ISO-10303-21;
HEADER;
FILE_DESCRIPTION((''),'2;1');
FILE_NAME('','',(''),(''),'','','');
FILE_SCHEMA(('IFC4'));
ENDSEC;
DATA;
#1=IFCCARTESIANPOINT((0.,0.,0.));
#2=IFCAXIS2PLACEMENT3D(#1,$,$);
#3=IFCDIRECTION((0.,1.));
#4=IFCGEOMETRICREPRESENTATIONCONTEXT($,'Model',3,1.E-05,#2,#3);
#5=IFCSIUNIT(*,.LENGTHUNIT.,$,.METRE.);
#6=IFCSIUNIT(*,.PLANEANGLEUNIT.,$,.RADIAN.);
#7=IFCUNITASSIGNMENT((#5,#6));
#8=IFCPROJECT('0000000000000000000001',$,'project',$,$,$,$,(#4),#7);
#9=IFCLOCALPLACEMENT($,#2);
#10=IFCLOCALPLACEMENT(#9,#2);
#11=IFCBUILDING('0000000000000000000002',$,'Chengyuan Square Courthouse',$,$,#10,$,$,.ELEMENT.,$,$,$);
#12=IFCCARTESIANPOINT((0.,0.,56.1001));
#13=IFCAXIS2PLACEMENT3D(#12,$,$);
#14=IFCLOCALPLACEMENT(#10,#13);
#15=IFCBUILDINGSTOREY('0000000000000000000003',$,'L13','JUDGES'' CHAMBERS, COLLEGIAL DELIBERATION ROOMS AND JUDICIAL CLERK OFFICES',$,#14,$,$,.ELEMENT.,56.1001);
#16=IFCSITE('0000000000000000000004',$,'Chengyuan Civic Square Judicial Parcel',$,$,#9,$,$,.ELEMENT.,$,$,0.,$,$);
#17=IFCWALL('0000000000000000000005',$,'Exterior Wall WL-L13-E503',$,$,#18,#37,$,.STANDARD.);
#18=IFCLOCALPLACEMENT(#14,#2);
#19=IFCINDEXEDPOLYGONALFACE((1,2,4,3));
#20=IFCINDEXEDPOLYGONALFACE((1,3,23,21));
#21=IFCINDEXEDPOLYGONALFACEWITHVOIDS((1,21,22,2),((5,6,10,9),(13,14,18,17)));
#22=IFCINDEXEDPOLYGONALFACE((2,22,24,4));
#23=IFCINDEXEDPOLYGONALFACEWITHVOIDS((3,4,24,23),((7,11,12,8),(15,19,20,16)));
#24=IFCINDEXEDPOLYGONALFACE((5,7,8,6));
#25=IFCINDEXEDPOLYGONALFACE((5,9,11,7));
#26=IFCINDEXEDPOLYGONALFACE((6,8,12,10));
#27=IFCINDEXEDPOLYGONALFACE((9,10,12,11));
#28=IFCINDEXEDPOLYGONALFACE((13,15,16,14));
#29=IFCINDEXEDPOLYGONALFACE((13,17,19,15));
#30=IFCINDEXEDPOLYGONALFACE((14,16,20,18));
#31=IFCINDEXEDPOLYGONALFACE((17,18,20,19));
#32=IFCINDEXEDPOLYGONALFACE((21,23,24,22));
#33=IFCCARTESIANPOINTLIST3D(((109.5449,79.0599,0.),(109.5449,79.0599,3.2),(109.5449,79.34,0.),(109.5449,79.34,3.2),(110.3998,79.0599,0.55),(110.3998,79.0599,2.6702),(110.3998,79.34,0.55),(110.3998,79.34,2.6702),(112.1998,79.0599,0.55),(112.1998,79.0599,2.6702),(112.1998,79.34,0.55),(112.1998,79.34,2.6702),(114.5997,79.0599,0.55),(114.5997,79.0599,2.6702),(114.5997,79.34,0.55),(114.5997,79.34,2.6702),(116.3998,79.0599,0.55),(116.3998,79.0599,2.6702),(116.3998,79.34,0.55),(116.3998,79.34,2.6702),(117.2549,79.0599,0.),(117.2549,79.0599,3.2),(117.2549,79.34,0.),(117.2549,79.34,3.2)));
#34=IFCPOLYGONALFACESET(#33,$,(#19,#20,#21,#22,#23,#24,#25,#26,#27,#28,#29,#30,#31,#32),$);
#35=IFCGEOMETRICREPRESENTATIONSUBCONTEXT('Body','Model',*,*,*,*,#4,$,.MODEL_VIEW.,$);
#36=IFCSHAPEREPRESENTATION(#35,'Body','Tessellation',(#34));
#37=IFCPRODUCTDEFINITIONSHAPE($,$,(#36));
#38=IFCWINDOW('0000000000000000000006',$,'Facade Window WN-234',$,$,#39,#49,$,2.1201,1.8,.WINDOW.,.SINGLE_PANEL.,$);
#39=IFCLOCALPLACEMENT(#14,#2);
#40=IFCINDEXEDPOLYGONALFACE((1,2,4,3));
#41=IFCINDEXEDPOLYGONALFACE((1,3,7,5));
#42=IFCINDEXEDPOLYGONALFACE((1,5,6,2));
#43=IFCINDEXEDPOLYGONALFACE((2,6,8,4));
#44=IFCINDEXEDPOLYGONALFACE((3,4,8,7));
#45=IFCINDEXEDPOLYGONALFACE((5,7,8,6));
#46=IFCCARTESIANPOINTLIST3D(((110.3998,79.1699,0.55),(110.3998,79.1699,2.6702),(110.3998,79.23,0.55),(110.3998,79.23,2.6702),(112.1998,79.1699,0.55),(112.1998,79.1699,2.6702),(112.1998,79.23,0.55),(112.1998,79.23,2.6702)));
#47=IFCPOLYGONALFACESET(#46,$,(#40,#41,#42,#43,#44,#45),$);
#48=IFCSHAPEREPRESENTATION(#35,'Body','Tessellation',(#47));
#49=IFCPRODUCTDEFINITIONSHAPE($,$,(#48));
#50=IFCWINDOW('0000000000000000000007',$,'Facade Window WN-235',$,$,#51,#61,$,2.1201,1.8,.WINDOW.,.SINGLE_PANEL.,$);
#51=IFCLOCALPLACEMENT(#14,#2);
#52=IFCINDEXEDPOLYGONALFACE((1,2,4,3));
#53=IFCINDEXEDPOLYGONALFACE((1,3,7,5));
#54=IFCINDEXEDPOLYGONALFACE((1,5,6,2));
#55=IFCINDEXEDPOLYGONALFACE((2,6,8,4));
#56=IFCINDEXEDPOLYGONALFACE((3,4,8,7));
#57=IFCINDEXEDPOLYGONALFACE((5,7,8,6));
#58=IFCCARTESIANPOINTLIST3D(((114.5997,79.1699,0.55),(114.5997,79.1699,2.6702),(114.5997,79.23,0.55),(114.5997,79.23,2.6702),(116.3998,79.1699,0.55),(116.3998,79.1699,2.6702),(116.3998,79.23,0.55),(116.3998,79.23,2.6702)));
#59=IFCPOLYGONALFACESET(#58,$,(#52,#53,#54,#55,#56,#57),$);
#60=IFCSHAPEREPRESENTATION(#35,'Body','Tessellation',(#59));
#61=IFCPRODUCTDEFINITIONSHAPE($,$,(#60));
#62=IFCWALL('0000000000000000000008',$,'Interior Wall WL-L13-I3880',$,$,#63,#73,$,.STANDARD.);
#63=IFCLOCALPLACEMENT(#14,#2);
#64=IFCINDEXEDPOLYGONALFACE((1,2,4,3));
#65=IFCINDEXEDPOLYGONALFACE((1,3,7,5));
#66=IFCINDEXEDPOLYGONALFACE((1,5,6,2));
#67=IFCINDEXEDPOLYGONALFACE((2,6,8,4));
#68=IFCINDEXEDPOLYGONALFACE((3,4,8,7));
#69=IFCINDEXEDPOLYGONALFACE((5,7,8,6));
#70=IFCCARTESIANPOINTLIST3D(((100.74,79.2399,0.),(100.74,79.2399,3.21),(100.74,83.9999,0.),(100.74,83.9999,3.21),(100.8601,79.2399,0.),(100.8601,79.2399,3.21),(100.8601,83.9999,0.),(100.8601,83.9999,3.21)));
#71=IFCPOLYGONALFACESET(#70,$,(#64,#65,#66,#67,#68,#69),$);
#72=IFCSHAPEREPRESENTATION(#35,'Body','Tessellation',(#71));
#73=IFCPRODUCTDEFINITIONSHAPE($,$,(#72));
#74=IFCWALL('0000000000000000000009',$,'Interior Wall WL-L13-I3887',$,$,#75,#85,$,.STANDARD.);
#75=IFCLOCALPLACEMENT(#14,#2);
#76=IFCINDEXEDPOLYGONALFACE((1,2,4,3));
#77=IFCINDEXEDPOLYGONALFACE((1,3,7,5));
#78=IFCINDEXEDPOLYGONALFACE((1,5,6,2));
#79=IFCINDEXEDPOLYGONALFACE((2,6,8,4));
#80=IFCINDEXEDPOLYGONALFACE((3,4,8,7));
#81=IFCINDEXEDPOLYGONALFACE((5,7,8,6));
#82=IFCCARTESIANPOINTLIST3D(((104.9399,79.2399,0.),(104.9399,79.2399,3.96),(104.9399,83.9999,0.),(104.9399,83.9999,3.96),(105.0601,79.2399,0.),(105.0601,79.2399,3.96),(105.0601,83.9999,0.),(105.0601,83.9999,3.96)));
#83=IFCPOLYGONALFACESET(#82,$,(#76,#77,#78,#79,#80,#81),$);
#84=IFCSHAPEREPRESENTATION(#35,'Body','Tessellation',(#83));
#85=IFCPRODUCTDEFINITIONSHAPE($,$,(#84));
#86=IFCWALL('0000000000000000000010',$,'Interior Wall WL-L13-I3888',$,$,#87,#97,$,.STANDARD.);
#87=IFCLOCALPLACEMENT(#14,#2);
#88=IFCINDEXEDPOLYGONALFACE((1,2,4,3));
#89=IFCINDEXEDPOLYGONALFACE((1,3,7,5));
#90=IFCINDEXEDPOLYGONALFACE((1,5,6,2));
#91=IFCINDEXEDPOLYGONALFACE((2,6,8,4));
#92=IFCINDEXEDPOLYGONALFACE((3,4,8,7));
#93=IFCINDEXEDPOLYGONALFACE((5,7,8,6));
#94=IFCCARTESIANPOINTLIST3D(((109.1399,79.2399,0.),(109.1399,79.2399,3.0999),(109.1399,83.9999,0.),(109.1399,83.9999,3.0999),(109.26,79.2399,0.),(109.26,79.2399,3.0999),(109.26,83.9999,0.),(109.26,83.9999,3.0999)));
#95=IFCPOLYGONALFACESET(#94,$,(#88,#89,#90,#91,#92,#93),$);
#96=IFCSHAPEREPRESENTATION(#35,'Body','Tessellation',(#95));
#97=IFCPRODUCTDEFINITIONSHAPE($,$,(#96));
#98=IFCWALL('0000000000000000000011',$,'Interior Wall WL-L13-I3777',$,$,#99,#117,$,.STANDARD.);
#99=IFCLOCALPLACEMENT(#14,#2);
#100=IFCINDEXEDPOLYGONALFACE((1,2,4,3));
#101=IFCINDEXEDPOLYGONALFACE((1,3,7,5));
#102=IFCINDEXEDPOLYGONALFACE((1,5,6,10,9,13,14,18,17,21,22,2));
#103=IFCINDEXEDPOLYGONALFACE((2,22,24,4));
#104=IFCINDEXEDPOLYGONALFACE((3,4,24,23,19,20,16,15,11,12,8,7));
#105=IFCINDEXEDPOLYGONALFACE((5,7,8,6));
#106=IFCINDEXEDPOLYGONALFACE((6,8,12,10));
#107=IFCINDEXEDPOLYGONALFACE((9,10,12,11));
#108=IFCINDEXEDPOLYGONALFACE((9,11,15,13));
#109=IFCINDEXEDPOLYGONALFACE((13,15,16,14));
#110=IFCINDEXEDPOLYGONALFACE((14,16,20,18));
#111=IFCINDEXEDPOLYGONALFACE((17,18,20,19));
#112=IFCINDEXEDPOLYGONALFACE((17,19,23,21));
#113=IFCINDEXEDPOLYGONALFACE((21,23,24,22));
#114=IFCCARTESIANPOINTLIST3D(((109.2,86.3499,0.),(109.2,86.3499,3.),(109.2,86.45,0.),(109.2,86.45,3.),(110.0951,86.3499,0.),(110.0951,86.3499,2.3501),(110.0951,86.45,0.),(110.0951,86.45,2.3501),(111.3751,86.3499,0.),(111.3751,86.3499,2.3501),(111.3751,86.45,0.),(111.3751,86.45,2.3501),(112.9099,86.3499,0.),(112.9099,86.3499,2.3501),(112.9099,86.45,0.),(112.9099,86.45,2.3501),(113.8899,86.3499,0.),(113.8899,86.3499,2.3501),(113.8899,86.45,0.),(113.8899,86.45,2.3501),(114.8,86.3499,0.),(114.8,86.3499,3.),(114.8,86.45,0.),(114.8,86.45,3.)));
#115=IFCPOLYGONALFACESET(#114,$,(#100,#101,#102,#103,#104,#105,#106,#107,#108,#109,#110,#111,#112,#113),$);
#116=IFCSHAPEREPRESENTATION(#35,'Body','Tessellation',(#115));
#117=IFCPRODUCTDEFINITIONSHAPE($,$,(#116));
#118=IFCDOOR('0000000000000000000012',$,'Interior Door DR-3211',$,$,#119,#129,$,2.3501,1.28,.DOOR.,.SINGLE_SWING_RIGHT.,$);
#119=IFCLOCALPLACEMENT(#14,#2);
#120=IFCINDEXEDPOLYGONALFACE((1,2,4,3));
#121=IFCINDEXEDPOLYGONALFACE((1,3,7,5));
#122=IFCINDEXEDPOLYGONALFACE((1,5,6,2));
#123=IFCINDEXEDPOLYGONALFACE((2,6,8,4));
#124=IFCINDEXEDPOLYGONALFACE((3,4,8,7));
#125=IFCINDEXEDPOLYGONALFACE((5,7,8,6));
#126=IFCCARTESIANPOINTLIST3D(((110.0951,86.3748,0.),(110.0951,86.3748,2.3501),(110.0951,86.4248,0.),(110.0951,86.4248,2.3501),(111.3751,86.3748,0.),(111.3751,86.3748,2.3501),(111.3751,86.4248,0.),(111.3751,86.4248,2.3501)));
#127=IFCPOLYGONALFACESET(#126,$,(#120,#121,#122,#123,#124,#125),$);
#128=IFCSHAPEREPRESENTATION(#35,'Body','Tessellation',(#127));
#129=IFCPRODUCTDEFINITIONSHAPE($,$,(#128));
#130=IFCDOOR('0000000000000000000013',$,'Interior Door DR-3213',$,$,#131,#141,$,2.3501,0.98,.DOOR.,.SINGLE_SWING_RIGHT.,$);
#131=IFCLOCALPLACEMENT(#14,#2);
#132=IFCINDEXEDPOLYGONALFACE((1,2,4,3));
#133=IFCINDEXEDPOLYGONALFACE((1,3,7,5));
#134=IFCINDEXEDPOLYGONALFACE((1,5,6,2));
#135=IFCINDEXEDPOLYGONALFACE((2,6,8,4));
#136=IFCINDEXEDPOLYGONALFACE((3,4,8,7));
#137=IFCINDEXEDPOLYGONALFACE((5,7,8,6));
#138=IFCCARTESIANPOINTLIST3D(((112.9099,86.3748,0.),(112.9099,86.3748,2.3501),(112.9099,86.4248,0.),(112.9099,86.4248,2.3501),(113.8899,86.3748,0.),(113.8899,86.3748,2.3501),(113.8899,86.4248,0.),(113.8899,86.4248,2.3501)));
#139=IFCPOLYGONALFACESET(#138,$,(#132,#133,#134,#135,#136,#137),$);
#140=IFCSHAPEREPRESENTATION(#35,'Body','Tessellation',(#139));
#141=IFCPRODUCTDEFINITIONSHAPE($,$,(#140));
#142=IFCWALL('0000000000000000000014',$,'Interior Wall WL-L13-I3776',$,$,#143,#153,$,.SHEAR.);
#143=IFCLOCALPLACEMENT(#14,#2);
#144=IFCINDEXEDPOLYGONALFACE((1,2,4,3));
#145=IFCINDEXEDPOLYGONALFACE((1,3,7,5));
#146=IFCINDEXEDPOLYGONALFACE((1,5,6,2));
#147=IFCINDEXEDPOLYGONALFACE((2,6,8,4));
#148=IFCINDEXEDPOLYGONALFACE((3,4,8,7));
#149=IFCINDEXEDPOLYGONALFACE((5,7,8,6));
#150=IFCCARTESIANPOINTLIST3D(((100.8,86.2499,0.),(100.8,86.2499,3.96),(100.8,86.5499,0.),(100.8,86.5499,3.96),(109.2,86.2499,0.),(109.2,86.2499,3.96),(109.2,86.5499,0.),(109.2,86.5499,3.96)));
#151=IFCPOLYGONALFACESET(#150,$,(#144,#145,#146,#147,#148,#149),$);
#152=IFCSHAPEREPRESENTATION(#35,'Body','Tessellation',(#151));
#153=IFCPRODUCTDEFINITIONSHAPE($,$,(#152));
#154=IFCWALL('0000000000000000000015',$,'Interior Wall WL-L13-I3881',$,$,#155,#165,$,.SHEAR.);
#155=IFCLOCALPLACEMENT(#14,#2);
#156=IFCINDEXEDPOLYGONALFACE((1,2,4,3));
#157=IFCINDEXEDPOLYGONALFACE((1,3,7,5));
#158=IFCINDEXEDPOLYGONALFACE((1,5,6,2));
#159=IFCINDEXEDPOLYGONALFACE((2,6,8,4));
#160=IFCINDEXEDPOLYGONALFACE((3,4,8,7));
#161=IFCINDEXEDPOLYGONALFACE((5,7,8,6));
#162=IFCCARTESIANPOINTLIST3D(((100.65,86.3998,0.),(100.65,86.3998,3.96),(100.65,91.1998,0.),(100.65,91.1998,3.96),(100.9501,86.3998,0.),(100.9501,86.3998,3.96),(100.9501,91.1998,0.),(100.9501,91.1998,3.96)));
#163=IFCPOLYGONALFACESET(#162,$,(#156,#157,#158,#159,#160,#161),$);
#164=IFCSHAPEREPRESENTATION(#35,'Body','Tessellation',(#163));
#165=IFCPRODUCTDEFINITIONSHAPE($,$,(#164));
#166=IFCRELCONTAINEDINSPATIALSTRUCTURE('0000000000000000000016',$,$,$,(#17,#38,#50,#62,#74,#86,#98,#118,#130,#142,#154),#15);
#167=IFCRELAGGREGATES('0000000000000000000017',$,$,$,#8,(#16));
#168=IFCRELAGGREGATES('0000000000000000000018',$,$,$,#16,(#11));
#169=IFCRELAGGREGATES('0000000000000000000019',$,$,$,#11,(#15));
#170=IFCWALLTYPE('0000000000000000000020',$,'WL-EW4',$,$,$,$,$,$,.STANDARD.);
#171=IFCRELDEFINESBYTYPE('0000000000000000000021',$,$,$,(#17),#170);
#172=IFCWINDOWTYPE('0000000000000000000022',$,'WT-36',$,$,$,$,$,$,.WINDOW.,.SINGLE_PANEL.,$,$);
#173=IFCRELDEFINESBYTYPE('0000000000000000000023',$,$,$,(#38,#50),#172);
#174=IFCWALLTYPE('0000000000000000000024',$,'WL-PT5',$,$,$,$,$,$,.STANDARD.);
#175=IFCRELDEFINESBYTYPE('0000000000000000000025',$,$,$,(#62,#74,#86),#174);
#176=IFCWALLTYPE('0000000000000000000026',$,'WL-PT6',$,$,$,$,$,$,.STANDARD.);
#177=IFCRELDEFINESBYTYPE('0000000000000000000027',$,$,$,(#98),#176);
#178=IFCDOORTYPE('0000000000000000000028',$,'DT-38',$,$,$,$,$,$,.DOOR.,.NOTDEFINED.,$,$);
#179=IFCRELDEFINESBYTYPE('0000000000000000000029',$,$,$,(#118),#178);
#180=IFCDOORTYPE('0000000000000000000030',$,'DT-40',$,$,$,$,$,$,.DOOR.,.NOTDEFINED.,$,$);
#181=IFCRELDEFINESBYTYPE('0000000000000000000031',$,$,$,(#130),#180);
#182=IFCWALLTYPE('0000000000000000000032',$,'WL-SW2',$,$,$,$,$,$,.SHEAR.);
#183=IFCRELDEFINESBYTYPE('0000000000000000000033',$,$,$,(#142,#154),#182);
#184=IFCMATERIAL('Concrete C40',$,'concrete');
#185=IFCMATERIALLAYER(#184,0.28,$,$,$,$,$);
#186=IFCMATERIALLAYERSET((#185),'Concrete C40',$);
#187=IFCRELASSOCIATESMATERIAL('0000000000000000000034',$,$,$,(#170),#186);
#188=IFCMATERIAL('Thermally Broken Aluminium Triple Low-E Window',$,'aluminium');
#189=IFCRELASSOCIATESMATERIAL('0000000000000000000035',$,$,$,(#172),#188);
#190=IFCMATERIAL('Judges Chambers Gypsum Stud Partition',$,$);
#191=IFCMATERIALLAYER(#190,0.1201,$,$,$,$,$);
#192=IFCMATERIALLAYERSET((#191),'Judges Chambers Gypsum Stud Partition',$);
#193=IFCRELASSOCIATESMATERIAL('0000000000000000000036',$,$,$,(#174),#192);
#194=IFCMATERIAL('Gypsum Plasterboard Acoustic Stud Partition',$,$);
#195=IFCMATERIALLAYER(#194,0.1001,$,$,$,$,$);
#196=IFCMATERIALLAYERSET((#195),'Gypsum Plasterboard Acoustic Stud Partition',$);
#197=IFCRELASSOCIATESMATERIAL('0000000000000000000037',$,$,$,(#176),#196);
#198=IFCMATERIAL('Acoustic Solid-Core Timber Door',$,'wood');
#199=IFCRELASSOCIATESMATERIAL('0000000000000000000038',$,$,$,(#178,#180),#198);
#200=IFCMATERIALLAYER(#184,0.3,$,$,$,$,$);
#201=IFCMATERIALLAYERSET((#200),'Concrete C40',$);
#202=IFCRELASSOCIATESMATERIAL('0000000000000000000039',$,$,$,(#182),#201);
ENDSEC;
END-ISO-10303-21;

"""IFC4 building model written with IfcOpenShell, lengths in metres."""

from ifc_helpers import new_model, si_unit, direction, frame, frame_2d, origin, place, context, subcontext, project, spatial, rectangle, extrude, material, layer, layer_set, type_object, element, fill, save


model = new_model("IFC4")

# Units and contexts
model_context = context("Model", 3, precision=1e-05, world=origin(), true_north=direction((0.0, 1.0)))
body_context = subcontext(model_context, "Body", "Model", "MODEL_VIEW")
ifc_project = project(units=[si_unit("LENGTHUNIT", "METRE"), si_unit("PLANEANGLEUNIT", "RADIAN")], contexts=[model_context])

# Site, building, storey
site_placement = place(None, origin())
site = spatial("IfcSite", under=ifc_project, at=site_placement, Name="Chengyuan Civic Square Judicial Parcel", CompositionType="ELEMENT", RefElevation=0.0)
building_placement = place(site_placement, origin())
building = spatial("IfcBuilding", under=site, at=building_placement, Name="Chengyuan Square Courthouse", CompositionType="ELEMENT")
storey_placement = place(building_placement, frame((0.0, 0.0, 56.1001)))
storey = spatial("IfcBuildingStorey", under=building, at=storey_placement, Name="L13", Description="JUDGES' CHAMBERS, COLLEGIAL DELIBERATION ROOMS AND JUDICIAL CLERK OFFICES", CompositionType="ELEMENT", Elevation=56.1001)

# Shared definitions
ifc_material_1 = material(Name="Concrete C40", Category="concrete")

# Wall, openings, windows
ifc_layer_1 = layer(ifc_material_1, 0.28)
ifc_layer_set_1 = layer_set([ifc_layer_1], Name="Concrete C40")
wall_type_1 = type_object("IfcWallType", Name="WL-EW4", PredefinedType="STANDARD", material=ifc_layer_set_1)
ifc_material_2 = material(Name="Thermally Broken Aluminium Triple Low-E Window", Category="aluminium")
window_type = type_object("IfcWindowType", Name="WT-36", PartitioningType="SINGLE_PANEL", PredefinedType="WINDOW", material=ifc_material_2)
wall_1_placement = place(storey_placement, frame((109.5449, 79.2, 0.0), z_axis=(0.0, 0.0, 1.0), x_axis=(1.0, 0.0, 0.0)))
wall_1 = element("IfcWall", 1, at=wall_1_placement, inside=storey, type_object=wall_type_1, Name="Exterior Wall WL-L13-E503", PredefinedType="STANDARD", context=body_context, shape_type="SweptSolid", body=[
    extrude(rectangle(XDim=7.71, YDim=0.28, at=frame_2d((3.855, 0.0))), origin(), (0.0, 0.0, 1.0), 3.2),
])
opening_1_placement = place(wall_1_placement, frame((0.855, 0.0, 0.55)))
opening_1 = element("IfcOpeningElement", 2, at=opening_1_placement, cuts=wall_1, PredefinedType="OPENING", context=body_context, shape_type="SweptSolid", body=[
    extrude(rectangle(XDim=1.8, YDim=2.1201, at=frame_2d((0.8999, 1.0601))), frame((0.0, 0.1521, 0.0), z_axis=(0.0, -1.0, 0.0), x_axis=(1.0, 0.0, 0.0)), (0.0, 0.0, 1.0), 0.304),
])
opening_2_placement = place(wall_1_placement, frame((5.0549, 0.0, 0.55)))
opening_2 = element("IfcOpeningElement", 3, at=opening_2_placement, cuts=wall_1, PredefinedType="OPENING", context=body_context, shape_type="SweptSolid", body=[
    extrude(rectangle(XDim=1.8, YDim=2.1201, at=frame_2d((0.8999, 1.0601))), frame((0.0, 0.1521, 0.0), z_axis=(0.0, -1.0, 0.0), x_axis=(1.0, 0.0, 0.0)), (0.0, 0.0, 1.0), 0.304),
])
window_1_placement = place(opening_1_placement, origin())
window_1 = element("IfcWindow", 4, at=window_1_placement, inside=storey, type_object=window_type, Name="Facade Window WN-234", OverallHeight=2.1201, OverallWidth=1.8, PartitioningType="SINGLE_PANEL", PredefinedType="WINDOW", context=body_context, shape_type="SweptSolid", body=[
    extrude(rectangle(XDim=1.8, YDim=2.1201, at=frame_2d((0.8999, 1.0601))), frame((0.0, 0.03, 0.0), z_axis=(0.0, -1.0, 0.0), x_axis=(1.0, 0.0, 0.0)), (0.0, 0.0, 1.0), 0.0601),
])
fill(opening_1, window_1)
window_2_placement = place(opening_2_placement, origin())
window_2 = element("IfcWindow", 5, at=window_2_placement, inside=storey, type_object=window_type, Name="Facade Window WN-235", OverallHeight=2.1201, OverallWidth=1.8, PartitioningType="SINGLE_PANEL", PredefinedType="WINDOW", context=body_context, shape_type="SweptSolid", body=[
    extrude(rectangle(XDim=1.8, YDim=2.1201, at=frame_2d((0.8999, 1.0601))), frame((0.0, 0.03, 0.0), z_axis=(0.0, -1.0, 0.0), x_axis=(1.0, 0.0, 0.0)), (0.0, 0.0, 1.0), 0.0601),
])
fill(opening_2, window_2)

# Walls
ifc_material_3 = material(Name="Judges Chambers Gypsum Stud Partition")
ifc_layer_2 = layer(ifc_material_3, 0.1201)
ifc_layer_set_2 = layer_set([ifc_layer_2], Name="Judges Chambers Gypsum Stud Partition")
wall_type_2 = type_object("IfcWallType", Name="WL-PT5", PredefinedType="STANDARD", material=ifc_layer_set_2)
wall_2_placement = place(storey_placement, frame((100.8, 79.24, 0.0), z_axis=(0.0, 0.0, 1.0), x_axis=(0.0, 1.0, 0.0)))
element("IfcWall", 6, at=wall_2_placement, inside=storey, type_object=wall_type_2, Name="Interior Wall WL-L13-I3880", PredefinedType="STANDARD", context=body_context, shape_type="SweptSolid", body=[
    extrude(rectangle(XDim=4.76, YDim=0.1201, at=frame_2d((2.3799, 0.0))), origin(), (0.0, 0.0, 1.0), 3.21),
])
wall_3_placement = place(storey_placement, frame((105.0, 79.24, 0.0), z_axis=(0.0, 0.0, 1.0), x_axis=(0.0, 1.0, 0.0)))
element("IfcWall", 7, at=wall_3_placement, inside=storey, type_object=wall_type_2, Name="Interior Wall WL-L13-I3887", PredefinedType="STANDARD", context=body_context, shape_type="SweptSolid", body=[
    extrude(rectangle(XDim=4.76, YDim=0.1201, at=frame_2d((2.3799, 0.0))), origin(), (0.0, 0.0, 1.0), 3.96),
])
wall_4_placement = place(storey_placement, frame((109.2, 79.24, 0.0), z_axis=(0.0, 0.0, 1.0), x_axis=(0.0, 1.0, 0.0)))
element("IfcWall", 8, at=wall_4_placement, inside=storey, type_object=wall_type_2, Name="Interior Wall WL-L13-I3888", PredefinedType="STANDARD", context=body_context, shape_type="SweptSolid", body=[
    extrude(rectangle(XDim=4.76, YDim=0.1201, at=frame_2d((2.3799, 0.0))), origin(), (0.0, 0.0, 1.0), 3.0999),
])

# Wall, openings, doors
ifc_material_4 = material(Name="Gypsum Plasterboard Acoustic Stud Partition")
ifc_layer_3 = layer(ifc_material_4, 0.1001)
ifc_layer_set_3 = layer_set([ifc_layer_3], Name="Gypsum Plasterboard Acoustic Stud Partition")
wall_type_3 = type_object("IfcWallType", Name="WL-PT6", PredefinedType="STANDARD", material=ifc_layer_set_3)
wall_5_placement = place(storey_placement, frame((109.2, 86.3999, 0.0), z_axis=(0.0, 0.0, 1.0), x_axis=(1.0, 0.0, 0.0)))
wall_5 = element("IfcWall", 9, at=wall_5_placement, inside=storey, type_object=wall_type_3, Name="Interior Wall WL-L13-I3777", PredefinedType="STANDARD", context=body_context, shape_type="SweptSolid", body=[
    extrude(rectangle(XDim=5.6001, YDim=0.1001, at=frame_2d((2.8, 0.0))), origin(), (0.0, 0.0, 1.0), 3.0),
])
opening_3_placement = place(wall_5_placement, frame((0.895, 0.0, 0.0)))
opening_3 = element("IfcOpeningElement", 10, at=opening_3_placement, cuts=wall_5, PredefinedType="OPENING", context=body_context, shape_type="SweptSolid", body=[
    extrude(rectangle(XDim=1.28, YDim=2.3501, at=frame_2d((0.6401, 1.175))), frame((0.0, 0.062, 0.0), z_axis=(0.0, -1.0, 0.0), x_axis=(1.0, 0.0, 0.0)), (0.0, 0.0, 1.0), 0.124),
])
opening_4_placement = place(wall_5_placement, frame((3.71, 0.0, 0.0)))
opening_4 = element("IfcOpeningElement", 11, at=opening_4_placement, cuts=wall_5, PredefinedType="OPENING", context=body_context, shape_type="SweptSolid", body=[
    extrude(rectangle(XDim=0.98, YDim=2.3501, at=frame_2d((0.49, 1.175))), frame((0.0, 0.062, 0.0), z_axis=(0.0, -1.0, 0.0), x_axis=(1.0, 0.0, 0.0)), (0.0, 0.0, 1.0), 0.124),
])
ifc_material_5 = material(Name="Acoustic Solid-Core Timber Door", Category="wood")
door_type_1 = type_object("IfcDoorType", Name="DT-38", OperationType="NOTDEFINED", PredefinedType="DOOR", material=ifc_material_5)
door_1_placement = place(opening_3_placement, origin())
door_1 = element("IfcDoor", 12, at=door_1_placement, inside=storey, type_object=door_type_1, Name="Interior Door DR-3211", OperationType="SINGLE_SWING_RIGHT", OverallHeight=2.3501, OverallWidth=1.28, PredefinedType="DOOR", context=body_context, shape_type="SweptSolid", body=[
    extrude(rectangle(XDim=1.28, YDim=2.3501, at=frame_2d((0.6401, 1.175))), frame((0.0, 0.0249, 0.0), z_axis=(0.0, -1.0, 0.0), x_axis=(1.0, 0.0, 0.0)), (0.0, 0.0, 1.0), 0.05),
])
fill(opening_3, door_1)
door_type_2 = type_object("IfcDoorType", Name="DT-40", OperationType="NOTDEFINED", PredefinedType="DOOR", material=ifc_material_5)
door_2_placement = place(opening_4_placement, origin())
door_2 = element("IfcDoor", 13, at=door_2_placement, inside=storey, type_object=door_type_2, Name="Interior Door DR-3213", OperationType="SINGLE_SWING_RIGHT", OverallHeight=2.3501, OverallWidth=0.98, PredefinedType="DOOR", context=body_context, shape_type="SweptSolid", body=[
    extrude(rectangle(XDim=0.98, YDim=2.3501, at=frame_2d((0.49, 1.175))), frame((0.0, 0.0249, 0.0), z_axis=(0.0, -1.0, 0.0), x_axis=(1.0, 0.0, 0.0)), (0.0, 0.0, 1.0), 0.05),
])
fill(opening_4, door_2)

# Walls
ifc_layer_4 = layer(ifc_material_1, 0.3)
ifc_layer_set_4 = layer_set([ifc_layer_4], Name="Concrete C40")
wall_type_4 = type_object("IfcWallType", Name="WL-SW2", PredefinedType="SHEAR", material=ifc_layer_set_4)
wall_6_placement = place(storey_placement, frame((100.8, 86.3999, 0.0), z_axis=(0.0, 0.0, 1.0), x_axis=(1.0, 0.0, 0.0)))
element("IfcWall", 14, at=wall_6_placement, inside=storey, type_object=wall_type_4, Name="Interior Wall WL-L13-I3776", PredefinedType="SHEAR", context=body_context, shape_type="SweptSolid", body=[
    extrude(rectangle(XDim=8.3999, YDim=0.3, at=frame_2d((4.2, 0.0))), origin(), (0.0, 0.0, 1.0), 3.96),
])
for number, where, z_axis, x_axis, name in (
    (15, (100.8, 86.3999, 0.0), (0.0, 0.0, 1.0), (0.0, 1.0, 0.0), "Interior Wall WL-L13-I3881"),
):
    element("IfcWall", number, at=place(storey_placement, frame(where, z_axis=z_axis, x_axis=x_axis)), inside=storey, type_object=wall_type_4, Name=name, PredefinedType="SHEAR", context=body_context, shape_type="SweptSolid", body=[
        extrude(rectangle(XDim=4.8, YDim=0.3, at=frame_2d((2.3999, 0.0))), origin(), (0.0, 0.0, 1.0), 3.96),
    ])

save(model, "model.ifc")
